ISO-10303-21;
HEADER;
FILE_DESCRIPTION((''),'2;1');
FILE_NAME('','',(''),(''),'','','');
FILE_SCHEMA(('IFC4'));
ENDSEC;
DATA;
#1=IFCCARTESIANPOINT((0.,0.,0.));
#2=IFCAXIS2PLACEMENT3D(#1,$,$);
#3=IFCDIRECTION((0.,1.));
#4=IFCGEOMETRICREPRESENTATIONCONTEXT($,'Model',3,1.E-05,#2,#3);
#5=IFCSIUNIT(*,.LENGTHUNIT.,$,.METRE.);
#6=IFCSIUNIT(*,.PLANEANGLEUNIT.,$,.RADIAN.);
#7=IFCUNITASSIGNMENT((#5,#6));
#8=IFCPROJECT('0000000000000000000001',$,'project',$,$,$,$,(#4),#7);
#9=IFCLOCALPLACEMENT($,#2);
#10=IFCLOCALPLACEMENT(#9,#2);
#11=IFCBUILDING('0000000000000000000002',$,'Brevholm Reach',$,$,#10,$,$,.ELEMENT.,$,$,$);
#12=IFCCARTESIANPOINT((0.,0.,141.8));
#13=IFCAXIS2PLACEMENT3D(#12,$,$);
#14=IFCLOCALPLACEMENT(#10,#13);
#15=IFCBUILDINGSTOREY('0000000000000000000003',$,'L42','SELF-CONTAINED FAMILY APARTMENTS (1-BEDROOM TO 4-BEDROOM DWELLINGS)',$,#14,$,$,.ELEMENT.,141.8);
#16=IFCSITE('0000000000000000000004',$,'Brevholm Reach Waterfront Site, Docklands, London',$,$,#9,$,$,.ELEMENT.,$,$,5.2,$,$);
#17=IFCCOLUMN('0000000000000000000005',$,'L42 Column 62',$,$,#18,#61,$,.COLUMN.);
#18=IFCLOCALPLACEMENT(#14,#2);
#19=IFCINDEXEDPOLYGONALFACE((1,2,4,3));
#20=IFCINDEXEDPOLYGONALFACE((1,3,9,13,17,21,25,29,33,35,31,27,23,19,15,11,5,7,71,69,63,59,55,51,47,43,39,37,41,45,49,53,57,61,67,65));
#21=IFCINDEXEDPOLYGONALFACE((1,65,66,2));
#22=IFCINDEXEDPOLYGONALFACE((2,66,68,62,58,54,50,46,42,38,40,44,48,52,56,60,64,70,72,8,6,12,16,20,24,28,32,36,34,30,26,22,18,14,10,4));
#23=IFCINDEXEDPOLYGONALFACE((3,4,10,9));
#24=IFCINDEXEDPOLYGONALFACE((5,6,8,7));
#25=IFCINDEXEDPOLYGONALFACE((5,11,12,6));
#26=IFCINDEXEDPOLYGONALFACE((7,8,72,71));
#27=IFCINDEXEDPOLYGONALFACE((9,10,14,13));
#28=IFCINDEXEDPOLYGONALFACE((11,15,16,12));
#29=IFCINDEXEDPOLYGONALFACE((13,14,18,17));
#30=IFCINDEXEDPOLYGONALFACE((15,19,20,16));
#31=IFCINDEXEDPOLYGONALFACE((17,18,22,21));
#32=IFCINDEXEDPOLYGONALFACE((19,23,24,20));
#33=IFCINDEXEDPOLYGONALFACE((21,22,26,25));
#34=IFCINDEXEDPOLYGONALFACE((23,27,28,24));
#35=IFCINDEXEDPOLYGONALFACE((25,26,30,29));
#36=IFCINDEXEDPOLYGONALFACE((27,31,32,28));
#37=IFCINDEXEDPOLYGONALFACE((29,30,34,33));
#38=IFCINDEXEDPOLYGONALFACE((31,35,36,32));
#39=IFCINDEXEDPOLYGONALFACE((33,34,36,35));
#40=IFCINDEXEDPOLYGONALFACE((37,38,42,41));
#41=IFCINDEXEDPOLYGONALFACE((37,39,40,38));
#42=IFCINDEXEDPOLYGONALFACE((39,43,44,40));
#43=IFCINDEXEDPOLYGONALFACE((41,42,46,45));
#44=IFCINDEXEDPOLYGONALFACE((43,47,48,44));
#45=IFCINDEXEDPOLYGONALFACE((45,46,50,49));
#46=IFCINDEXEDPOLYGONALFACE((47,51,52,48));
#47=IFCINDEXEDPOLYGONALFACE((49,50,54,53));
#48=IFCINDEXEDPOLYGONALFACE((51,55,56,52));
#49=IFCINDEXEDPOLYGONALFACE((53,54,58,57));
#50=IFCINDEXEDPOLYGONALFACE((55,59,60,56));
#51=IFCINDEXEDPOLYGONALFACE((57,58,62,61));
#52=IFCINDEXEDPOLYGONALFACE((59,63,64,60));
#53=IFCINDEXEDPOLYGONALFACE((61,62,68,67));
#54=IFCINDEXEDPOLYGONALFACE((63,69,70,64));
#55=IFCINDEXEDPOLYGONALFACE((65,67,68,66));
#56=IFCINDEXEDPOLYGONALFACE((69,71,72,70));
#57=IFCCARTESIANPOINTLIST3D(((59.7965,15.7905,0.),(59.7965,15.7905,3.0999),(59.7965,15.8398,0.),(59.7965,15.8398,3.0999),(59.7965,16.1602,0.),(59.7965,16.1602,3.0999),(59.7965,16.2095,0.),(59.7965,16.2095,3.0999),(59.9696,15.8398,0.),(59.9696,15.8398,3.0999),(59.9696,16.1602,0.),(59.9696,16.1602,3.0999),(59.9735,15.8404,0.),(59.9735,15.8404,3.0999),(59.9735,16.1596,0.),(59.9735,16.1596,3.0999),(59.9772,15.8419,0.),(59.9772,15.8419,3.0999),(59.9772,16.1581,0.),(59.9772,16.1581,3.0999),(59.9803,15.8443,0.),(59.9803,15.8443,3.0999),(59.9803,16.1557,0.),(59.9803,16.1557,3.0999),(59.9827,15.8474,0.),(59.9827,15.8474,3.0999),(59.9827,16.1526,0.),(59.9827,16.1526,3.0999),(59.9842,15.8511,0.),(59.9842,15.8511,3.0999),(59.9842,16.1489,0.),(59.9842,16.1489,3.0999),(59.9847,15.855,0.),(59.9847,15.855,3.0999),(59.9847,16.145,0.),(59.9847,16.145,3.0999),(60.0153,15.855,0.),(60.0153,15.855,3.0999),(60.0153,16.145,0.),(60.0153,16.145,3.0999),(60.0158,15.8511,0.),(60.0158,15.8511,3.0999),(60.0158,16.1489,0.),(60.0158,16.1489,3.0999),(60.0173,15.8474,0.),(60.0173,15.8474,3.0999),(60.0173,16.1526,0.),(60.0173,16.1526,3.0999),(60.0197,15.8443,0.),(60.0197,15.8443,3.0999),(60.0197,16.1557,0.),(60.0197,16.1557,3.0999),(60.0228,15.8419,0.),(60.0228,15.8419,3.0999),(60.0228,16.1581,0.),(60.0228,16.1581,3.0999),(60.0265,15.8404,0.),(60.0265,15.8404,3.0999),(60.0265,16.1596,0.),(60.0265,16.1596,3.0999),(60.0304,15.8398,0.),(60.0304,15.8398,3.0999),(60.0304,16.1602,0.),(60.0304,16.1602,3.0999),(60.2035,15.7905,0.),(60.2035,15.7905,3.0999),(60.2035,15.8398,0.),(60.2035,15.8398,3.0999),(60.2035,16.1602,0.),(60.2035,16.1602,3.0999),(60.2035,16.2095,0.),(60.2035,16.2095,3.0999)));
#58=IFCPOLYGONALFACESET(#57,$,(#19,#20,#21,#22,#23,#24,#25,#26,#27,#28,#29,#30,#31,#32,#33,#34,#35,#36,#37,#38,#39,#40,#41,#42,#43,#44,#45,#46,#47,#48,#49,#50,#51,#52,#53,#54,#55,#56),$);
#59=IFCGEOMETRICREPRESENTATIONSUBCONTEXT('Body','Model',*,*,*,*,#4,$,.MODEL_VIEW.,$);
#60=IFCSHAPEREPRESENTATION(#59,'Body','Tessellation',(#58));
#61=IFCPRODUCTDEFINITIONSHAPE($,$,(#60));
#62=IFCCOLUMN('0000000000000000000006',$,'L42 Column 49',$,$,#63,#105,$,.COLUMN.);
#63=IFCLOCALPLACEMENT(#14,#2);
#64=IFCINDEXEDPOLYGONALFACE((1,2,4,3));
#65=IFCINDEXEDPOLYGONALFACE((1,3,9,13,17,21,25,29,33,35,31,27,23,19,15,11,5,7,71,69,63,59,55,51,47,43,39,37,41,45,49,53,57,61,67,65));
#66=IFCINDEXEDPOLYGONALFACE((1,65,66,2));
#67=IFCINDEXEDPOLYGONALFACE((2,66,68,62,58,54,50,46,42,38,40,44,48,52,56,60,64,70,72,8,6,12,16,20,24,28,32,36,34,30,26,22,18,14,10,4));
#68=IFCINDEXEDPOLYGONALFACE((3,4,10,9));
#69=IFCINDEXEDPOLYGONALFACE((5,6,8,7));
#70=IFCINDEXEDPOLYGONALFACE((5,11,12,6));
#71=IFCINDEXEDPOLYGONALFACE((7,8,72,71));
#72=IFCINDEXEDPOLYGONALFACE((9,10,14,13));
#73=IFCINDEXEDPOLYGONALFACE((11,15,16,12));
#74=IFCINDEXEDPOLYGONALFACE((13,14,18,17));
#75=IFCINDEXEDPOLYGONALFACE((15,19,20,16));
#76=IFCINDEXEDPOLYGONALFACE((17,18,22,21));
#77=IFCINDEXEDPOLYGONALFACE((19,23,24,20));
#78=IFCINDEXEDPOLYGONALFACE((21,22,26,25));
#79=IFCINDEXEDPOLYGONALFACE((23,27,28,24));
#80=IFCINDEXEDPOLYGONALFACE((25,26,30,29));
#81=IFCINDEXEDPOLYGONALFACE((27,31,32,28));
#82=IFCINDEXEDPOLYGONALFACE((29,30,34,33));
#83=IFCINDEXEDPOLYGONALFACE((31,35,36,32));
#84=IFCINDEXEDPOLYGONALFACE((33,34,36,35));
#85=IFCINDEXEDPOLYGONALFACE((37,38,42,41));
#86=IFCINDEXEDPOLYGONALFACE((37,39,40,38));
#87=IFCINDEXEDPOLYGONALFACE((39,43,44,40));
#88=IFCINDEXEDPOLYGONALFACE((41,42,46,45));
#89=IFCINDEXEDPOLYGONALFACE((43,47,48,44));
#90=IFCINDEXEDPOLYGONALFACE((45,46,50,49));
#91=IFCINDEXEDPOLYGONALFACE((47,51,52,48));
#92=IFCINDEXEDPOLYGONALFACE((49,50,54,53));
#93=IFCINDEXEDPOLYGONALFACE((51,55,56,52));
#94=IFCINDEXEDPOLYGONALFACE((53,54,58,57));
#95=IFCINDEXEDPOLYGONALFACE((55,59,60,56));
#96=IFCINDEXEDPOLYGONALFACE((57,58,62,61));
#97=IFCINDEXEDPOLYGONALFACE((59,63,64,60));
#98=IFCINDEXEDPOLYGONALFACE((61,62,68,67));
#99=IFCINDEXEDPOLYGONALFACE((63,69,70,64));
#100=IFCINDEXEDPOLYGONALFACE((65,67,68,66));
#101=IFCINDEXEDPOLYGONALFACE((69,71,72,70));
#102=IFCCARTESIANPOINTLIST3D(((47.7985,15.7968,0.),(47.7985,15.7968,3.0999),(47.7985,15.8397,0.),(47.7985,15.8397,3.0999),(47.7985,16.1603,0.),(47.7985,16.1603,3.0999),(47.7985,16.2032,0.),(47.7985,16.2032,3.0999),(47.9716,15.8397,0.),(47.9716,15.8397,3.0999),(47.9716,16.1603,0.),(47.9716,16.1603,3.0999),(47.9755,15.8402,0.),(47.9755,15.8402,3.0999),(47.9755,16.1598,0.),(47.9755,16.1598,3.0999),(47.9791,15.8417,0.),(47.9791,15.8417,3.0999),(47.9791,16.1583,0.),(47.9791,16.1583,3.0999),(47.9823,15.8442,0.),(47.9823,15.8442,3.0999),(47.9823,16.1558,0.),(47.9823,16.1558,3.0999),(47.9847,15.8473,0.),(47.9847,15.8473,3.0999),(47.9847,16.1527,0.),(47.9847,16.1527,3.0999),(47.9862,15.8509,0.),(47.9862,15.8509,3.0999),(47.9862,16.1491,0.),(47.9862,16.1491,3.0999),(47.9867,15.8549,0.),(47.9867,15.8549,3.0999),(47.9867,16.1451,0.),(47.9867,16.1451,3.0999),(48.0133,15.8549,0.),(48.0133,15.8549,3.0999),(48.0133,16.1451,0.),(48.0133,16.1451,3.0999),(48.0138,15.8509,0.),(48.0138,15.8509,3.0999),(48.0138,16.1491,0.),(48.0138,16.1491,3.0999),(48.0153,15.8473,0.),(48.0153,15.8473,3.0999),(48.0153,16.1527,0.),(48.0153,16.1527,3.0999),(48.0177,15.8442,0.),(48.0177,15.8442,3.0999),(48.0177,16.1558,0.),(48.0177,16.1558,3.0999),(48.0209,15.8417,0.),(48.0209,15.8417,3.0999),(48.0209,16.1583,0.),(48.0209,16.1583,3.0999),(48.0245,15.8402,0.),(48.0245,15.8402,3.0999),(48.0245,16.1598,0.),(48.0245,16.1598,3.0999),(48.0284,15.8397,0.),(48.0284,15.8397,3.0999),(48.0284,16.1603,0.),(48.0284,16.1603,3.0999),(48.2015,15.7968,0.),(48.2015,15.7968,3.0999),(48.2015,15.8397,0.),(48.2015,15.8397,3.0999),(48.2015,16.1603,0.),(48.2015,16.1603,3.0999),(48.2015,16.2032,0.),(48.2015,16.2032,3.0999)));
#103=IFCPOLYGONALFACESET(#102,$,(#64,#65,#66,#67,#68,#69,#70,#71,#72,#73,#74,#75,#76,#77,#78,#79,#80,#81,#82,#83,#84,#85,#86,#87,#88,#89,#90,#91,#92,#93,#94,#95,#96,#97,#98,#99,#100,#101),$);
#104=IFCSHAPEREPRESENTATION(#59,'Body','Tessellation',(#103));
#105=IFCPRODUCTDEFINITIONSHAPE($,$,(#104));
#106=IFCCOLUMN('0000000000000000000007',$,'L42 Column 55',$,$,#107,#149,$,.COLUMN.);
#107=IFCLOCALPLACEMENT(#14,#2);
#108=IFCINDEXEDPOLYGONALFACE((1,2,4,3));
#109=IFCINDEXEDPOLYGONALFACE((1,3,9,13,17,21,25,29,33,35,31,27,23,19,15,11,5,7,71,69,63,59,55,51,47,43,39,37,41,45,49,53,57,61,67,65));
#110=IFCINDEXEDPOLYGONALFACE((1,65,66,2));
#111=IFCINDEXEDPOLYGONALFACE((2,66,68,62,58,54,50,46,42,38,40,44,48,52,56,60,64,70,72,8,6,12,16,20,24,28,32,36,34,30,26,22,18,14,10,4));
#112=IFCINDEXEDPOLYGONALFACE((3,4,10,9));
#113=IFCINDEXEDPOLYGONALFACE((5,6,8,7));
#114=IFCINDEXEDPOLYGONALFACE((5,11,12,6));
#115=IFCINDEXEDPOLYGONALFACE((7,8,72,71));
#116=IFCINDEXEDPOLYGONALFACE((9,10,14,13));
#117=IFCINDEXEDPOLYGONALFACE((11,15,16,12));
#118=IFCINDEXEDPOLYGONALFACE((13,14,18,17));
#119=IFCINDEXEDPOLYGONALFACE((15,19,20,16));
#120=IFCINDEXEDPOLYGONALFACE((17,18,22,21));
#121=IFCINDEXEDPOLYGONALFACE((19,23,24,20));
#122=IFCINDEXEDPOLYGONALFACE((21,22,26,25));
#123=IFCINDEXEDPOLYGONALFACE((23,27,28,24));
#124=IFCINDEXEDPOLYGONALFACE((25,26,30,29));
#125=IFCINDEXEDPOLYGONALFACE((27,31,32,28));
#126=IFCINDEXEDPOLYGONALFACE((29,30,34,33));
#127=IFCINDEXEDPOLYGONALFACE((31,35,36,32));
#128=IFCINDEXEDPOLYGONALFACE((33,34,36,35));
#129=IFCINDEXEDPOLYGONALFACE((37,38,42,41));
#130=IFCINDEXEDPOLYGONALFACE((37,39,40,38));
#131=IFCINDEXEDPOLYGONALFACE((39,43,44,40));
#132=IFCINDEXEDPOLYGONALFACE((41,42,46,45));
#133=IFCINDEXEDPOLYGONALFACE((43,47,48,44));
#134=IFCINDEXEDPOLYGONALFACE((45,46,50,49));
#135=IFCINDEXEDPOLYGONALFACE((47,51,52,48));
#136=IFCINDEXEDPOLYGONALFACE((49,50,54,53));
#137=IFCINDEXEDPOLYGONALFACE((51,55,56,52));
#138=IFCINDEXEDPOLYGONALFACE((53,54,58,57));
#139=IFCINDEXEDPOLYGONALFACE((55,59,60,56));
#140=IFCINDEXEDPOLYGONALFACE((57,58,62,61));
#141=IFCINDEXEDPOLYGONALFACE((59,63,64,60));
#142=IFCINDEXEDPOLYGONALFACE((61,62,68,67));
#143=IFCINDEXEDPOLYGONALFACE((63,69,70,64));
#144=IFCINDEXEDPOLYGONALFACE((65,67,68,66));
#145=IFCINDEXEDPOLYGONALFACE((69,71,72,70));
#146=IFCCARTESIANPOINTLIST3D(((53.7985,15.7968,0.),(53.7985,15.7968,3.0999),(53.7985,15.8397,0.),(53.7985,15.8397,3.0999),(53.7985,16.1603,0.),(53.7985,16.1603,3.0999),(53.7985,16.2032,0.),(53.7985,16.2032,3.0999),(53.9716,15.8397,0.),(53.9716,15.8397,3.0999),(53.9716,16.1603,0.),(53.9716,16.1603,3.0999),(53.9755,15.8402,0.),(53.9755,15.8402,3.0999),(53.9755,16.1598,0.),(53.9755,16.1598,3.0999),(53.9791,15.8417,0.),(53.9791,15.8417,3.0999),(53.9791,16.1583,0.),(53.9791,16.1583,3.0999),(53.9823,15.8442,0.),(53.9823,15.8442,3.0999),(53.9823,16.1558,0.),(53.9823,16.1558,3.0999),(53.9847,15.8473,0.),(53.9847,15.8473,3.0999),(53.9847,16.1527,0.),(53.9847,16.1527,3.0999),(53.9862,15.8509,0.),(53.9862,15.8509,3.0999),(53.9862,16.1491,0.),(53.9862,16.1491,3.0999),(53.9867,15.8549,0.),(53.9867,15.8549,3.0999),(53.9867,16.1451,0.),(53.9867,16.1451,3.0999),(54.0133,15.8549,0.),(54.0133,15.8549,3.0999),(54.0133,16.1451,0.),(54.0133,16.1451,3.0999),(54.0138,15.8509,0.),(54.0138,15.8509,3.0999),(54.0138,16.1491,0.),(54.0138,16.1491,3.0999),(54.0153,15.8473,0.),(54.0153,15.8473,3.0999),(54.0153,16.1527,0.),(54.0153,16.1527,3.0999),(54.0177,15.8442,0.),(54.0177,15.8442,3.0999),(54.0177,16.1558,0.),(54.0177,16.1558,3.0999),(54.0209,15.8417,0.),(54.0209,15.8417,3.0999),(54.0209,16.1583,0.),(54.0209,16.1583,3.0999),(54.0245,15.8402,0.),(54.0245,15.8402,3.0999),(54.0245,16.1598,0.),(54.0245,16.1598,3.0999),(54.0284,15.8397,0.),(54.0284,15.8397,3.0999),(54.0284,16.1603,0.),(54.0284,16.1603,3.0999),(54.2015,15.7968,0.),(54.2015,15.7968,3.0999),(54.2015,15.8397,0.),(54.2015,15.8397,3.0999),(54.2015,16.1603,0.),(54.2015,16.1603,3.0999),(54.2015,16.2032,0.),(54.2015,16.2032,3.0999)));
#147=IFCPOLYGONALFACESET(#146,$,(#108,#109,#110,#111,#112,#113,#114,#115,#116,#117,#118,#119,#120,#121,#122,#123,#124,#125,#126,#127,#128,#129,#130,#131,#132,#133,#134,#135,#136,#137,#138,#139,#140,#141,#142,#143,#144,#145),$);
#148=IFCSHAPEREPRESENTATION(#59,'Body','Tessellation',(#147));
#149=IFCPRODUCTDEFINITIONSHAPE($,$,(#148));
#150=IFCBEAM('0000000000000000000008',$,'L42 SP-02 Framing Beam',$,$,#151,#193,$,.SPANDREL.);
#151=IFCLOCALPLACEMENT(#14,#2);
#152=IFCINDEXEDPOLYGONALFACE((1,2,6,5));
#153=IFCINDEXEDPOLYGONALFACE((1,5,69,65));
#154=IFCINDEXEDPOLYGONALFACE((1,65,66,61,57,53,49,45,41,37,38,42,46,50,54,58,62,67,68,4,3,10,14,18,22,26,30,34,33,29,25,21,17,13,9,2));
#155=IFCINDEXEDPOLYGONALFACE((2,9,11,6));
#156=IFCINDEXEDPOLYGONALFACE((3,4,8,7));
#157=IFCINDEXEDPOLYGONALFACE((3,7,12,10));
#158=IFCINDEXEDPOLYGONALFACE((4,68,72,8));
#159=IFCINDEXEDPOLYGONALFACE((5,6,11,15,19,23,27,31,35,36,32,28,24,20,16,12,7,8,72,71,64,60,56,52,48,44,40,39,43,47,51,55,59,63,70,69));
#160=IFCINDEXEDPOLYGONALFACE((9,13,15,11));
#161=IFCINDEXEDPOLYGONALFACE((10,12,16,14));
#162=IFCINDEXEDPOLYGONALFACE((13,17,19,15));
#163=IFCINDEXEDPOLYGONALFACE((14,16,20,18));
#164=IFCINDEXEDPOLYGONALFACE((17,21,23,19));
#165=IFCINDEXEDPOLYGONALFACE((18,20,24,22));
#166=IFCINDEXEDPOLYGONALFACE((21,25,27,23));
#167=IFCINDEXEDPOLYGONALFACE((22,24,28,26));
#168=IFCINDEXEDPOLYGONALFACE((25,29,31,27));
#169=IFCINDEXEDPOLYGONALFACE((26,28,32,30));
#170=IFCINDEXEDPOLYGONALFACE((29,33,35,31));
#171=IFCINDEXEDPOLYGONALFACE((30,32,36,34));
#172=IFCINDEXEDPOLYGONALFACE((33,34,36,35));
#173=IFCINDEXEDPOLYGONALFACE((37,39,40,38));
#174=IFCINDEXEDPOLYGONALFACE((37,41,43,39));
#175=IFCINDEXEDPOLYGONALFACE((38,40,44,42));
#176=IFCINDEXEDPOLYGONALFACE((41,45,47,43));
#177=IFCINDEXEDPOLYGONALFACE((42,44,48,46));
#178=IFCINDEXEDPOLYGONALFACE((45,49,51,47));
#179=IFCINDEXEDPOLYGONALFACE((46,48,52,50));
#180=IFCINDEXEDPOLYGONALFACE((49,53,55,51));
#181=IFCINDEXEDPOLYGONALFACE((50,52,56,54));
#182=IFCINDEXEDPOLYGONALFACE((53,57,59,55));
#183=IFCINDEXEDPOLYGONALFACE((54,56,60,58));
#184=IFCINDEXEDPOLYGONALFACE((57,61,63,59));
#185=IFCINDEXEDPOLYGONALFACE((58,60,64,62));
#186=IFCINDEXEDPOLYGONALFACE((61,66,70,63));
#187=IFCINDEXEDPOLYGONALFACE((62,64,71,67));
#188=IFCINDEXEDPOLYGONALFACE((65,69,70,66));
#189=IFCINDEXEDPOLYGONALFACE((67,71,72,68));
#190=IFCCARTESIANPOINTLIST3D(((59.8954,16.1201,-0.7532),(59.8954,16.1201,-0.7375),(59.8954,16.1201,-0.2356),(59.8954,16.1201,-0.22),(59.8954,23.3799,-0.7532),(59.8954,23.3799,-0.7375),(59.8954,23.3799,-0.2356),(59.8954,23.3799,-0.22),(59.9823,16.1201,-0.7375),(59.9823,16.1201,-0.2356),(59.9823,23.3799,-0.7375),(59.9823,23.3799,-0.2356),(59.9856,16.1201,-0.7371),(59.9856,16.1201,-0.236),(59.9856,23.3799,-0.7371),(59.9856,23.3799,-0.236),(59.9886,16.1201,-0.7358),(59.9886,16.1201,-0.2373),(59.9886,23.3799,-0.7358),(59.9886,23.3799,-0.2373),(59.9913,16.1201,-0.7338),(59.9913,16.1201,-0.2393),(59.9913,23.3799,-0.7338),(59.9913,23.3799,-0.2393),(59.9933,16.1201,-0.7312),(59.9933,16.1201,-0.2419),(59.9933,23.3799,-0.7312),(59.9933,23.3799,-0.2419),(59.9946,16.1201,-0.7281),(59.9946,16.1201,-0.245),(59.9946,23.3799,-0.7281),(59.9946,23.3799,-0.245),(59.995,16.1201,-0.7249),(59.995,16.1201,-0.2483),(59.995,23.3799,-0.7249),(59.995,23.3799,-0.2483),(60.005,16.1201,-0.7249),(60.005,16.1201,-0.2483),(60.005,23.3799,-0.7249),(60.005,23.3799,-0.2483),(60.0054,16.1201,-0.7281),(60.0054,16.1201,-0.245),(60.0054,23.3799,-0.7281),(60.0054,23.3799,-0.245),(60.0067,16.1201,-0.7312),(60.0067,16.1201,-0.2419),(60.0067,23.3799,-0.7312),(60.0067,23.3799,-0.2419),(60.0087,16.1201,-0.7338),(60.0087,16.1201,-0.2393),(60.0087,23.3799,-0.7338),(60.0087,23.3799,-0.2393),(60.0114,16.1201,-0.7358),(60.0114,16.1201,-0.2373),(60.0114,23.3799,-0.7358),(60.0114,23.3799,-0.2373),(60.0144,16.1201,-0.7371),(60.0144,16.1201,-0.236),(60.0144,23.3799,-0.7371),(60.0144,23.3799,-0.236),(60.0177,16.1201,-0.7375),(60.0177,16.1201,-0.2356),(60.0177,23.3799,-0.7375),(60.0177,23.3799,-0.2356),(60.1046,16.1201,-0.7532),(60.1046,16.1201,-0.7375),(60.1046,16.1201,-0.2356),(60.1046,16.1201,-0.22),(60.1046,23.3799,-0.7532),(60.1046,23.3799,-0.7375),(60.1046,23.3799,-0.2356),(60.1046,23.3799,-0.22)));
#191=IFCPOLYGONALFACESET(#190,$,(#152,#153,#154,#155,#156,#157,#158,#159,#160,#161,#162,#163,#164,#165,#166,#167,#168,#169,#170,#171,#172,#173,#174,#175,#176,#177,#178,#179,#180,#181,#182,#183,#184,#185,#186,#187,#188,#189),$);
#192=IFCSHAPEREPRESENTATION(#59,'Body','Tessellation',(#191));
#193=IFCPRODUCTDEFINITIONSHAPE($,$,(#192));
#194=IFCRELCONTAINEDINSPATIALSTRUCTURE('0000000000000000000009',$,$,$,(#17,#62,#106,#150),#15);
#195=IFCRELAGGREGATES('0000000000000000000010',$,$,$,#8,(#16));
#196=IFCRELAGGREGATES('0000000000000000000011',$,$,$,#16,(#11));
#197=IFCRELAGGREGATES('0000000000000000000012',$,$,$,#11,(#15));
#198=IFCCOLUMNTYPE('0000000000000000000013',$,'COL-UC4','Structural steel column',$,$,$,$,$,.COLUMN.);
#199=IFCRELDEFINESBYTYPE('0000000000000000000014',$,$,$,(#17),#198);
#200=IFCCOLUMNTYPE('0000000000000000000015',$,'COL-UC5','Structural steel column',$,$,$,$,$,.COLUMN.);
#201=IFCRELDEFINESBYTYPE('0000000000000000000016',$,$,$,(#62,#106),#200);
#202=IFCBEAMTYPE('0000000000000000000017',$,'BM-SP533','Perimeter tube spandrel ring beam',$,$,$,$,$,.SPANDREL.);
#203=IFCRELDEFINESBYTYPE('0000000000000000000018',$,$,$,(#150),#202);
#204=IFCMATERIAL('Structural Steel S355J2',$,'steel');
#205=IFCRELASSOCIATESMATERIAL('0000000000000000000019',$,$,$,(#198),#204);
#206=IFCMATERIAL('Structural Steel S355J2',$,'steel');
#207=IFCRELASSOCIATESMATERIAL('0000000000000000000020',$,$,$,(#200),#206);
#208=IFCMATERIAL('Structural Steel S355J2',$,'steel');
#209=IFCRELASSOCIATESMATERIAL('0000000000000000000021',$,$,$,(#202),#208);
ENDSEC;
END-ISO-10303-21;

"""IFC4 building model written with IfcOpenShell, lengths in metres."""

from ifc_helpers import new_model, si_unit, direction, frame, origin, origin_2d, place, context, subcontext, project, spatial, i_section, extrude, material, material_profile, profile_set, type_object, element, save


model = new_model("IFC4")

# Units and contexts
model_context = context("Model", 3, precision=1e-05, world=origin(), true_north=direction((0.0, 1.0)))
body_context = subcontext(model_context, "Body", "Model", "MODEL_VIEW")
ifc_project = project(units=[si_unit("LENGTHUNIT", "METRE"), si_unit("PLANEANGLEUNIT", "RADIAN")], contexts=[model_context])

# Site, building, storey
site_placement = place(None, origin())
site = spatial("IfcSite", under=ifc_project, at=site_placement, Name="Brevholm Reach Waterfront Site, Docklands, London", CompositionType="ELEMENT", RefElevation=5.2)
building_placement = place(site_placement, origin())
building = spatial("IfcBuilding", under=site, at=building_placement, Name="Brevholm Reach", CompositionType="ELEMENT")
storey_placement = place(building_placement, frame((0.0, 0.0, 141.8)))
storey = spatial("IfcBuildingStorey", under=building, at=storey_placement, Name="L42", Description="SELF-CONTAINED FAMILY APARTMENTS (1-BEDROOM TO 4-BEDROOM DWELLINGS)", CompositionType="ELEMENT", Elevation=141.8)

# Columns
ifc_material_1 = material(Name="Structural Steel S355J2", Category="steel")
ifc_material_profile_1 = material_profile(ifc_material_1, i_section(OverallWidth=0.407, OverallDepth=0.4189, WebThickness=0.0305, FlangeThickness=0.0493, FilletRadius=0.0151, at=origin_2d()), Name="UKC 356x406x393")
ifc_profile_set_1 = profile_set([ifc_material_profile_1], Name="Structural Steel S355J2")
column_type_1 = type_object("IfcColumnType", Name="COL-UC4", Description="Structural steel column", PredefinedType="COLUMN", material=ifc_profile_set_1)
column_placement = place(storey_placement, frame((60.0, 16.0, 0.0), z_axis=(0.0, 0.0, 1.0), x_axis=(1.0, 0.0, 0.0)))
element("IfcColumn", 1, at=column_placement, inside=storey, type_object=column_type_1, Name="L42 Column 62", PredefinedType="COLUMN", context=body_context, shape_type="SweptSolid", body=[
    extrude(i_section(OverallWidth=0.407, OverallDepth=0.4189, WebThickness=0.0305, FlangeThickness=0.0493, FilletRadius=0.0151, at=origin_2d()), origin(), (0.0, 0.0, 1.0), 3.0999),
])
ifc_material_2 = material(Name="Structural Steel S355J2", Category="steel")
ifc_material_profile_2 = material_profile(ifc_material_2, i_section(OverallWidth=0.4031, OverallDepth=0.4065, WebThickness=0.0266, FlangeThickness=0.043, FilletRadius=0.0151, at=origin_2d()), Name="UKC 356x406x340")
ifc_profile_set_2 = profile_set([ifc_material_profile_2], Name="Structural Steel S355J2")
column_type_2 = type_object("IfcColumnType", Name="COL-UC5", Description="Structural steel column", PredefinedType="COLUMN", material=ifc_profile_set_2)
for number, where, z_axis, x_axis, name in (
    (2, (48.0, 16.0, 0.0), (0.0, 0.0, 1.0), (1.0, 0.0, 0.0), "L42 Column 49"),
    (3, (54.0, 16.0, 0.0), (0.0, 0.0, 1.0), (1.0, 0.0, 0.0), "L42 Column 55"),
):
    element("IfcColumn", number, at=place(storey_placement, frame(where, z_axis=z_axis, x_axis=x_axis)), inside=storey, type_object=column_type_2, Name=name, PredefinedType="COLUMN", context=body_context, shape_type="SweptSolid", body=[
        extrude(i_section(OverallWidth=0.4031, OverallDepth=0.4065, WebThickness=0.0266, FlangeThickness=0.043, FilletRadius=0.0151, at=origin_2d()), origin(), (0.0, 0.0, 1.0), 3.0999),
    ])

# Beam
ifc_material_3 = material(Name="Structural Steel S355J2", Category="steel")
ifc_material_profile_3 = material_profile(ifc_material_3, i_section(OverallWidth=0.2092, OverallDepth=0.5332, WebThickness=0.01, FlangeThickness=0.0156, FilletRadius=0.0127, at=origin_2d()), Name="UKB 533x210x92")
ifc_profile_set_3 = profile_set([ifc_material_profile_3], Name="Structural Steel S355J2")
beam_type_1 = type_object("IfcBeamType", Name="BM-SP533", Description="Perimeter tube spandrel ring beam", PredefinedType="SPANDREL", material=ifc_profile_set_3)
beam_placement = place(storey_placement, frame((60.0, 16.1201, -0.4866), z_axis=(0.0, 1.0, 0.0), x_axis=(-1.0, 0.0, 0.0)))
element("IfcBeam", 4, at=beam_placement, inside=storey, type_object=beam_type_1, Name="L42 SP-02 Framing Beam", PredefinedType="SPANDREL", context=body_context, shape_type="SweptSolid", body=[
    extrude(i_section(OverallWidth=0.2092, OverallDepth=0.5332, WebThickness=0.01, FlangeThickness=0.0156, FilletRadius=0.0127, at=origin_2d()), origin(), (0.0, 0.0, 1.0), 7.2598),
])

save(model, "model.ifc")
